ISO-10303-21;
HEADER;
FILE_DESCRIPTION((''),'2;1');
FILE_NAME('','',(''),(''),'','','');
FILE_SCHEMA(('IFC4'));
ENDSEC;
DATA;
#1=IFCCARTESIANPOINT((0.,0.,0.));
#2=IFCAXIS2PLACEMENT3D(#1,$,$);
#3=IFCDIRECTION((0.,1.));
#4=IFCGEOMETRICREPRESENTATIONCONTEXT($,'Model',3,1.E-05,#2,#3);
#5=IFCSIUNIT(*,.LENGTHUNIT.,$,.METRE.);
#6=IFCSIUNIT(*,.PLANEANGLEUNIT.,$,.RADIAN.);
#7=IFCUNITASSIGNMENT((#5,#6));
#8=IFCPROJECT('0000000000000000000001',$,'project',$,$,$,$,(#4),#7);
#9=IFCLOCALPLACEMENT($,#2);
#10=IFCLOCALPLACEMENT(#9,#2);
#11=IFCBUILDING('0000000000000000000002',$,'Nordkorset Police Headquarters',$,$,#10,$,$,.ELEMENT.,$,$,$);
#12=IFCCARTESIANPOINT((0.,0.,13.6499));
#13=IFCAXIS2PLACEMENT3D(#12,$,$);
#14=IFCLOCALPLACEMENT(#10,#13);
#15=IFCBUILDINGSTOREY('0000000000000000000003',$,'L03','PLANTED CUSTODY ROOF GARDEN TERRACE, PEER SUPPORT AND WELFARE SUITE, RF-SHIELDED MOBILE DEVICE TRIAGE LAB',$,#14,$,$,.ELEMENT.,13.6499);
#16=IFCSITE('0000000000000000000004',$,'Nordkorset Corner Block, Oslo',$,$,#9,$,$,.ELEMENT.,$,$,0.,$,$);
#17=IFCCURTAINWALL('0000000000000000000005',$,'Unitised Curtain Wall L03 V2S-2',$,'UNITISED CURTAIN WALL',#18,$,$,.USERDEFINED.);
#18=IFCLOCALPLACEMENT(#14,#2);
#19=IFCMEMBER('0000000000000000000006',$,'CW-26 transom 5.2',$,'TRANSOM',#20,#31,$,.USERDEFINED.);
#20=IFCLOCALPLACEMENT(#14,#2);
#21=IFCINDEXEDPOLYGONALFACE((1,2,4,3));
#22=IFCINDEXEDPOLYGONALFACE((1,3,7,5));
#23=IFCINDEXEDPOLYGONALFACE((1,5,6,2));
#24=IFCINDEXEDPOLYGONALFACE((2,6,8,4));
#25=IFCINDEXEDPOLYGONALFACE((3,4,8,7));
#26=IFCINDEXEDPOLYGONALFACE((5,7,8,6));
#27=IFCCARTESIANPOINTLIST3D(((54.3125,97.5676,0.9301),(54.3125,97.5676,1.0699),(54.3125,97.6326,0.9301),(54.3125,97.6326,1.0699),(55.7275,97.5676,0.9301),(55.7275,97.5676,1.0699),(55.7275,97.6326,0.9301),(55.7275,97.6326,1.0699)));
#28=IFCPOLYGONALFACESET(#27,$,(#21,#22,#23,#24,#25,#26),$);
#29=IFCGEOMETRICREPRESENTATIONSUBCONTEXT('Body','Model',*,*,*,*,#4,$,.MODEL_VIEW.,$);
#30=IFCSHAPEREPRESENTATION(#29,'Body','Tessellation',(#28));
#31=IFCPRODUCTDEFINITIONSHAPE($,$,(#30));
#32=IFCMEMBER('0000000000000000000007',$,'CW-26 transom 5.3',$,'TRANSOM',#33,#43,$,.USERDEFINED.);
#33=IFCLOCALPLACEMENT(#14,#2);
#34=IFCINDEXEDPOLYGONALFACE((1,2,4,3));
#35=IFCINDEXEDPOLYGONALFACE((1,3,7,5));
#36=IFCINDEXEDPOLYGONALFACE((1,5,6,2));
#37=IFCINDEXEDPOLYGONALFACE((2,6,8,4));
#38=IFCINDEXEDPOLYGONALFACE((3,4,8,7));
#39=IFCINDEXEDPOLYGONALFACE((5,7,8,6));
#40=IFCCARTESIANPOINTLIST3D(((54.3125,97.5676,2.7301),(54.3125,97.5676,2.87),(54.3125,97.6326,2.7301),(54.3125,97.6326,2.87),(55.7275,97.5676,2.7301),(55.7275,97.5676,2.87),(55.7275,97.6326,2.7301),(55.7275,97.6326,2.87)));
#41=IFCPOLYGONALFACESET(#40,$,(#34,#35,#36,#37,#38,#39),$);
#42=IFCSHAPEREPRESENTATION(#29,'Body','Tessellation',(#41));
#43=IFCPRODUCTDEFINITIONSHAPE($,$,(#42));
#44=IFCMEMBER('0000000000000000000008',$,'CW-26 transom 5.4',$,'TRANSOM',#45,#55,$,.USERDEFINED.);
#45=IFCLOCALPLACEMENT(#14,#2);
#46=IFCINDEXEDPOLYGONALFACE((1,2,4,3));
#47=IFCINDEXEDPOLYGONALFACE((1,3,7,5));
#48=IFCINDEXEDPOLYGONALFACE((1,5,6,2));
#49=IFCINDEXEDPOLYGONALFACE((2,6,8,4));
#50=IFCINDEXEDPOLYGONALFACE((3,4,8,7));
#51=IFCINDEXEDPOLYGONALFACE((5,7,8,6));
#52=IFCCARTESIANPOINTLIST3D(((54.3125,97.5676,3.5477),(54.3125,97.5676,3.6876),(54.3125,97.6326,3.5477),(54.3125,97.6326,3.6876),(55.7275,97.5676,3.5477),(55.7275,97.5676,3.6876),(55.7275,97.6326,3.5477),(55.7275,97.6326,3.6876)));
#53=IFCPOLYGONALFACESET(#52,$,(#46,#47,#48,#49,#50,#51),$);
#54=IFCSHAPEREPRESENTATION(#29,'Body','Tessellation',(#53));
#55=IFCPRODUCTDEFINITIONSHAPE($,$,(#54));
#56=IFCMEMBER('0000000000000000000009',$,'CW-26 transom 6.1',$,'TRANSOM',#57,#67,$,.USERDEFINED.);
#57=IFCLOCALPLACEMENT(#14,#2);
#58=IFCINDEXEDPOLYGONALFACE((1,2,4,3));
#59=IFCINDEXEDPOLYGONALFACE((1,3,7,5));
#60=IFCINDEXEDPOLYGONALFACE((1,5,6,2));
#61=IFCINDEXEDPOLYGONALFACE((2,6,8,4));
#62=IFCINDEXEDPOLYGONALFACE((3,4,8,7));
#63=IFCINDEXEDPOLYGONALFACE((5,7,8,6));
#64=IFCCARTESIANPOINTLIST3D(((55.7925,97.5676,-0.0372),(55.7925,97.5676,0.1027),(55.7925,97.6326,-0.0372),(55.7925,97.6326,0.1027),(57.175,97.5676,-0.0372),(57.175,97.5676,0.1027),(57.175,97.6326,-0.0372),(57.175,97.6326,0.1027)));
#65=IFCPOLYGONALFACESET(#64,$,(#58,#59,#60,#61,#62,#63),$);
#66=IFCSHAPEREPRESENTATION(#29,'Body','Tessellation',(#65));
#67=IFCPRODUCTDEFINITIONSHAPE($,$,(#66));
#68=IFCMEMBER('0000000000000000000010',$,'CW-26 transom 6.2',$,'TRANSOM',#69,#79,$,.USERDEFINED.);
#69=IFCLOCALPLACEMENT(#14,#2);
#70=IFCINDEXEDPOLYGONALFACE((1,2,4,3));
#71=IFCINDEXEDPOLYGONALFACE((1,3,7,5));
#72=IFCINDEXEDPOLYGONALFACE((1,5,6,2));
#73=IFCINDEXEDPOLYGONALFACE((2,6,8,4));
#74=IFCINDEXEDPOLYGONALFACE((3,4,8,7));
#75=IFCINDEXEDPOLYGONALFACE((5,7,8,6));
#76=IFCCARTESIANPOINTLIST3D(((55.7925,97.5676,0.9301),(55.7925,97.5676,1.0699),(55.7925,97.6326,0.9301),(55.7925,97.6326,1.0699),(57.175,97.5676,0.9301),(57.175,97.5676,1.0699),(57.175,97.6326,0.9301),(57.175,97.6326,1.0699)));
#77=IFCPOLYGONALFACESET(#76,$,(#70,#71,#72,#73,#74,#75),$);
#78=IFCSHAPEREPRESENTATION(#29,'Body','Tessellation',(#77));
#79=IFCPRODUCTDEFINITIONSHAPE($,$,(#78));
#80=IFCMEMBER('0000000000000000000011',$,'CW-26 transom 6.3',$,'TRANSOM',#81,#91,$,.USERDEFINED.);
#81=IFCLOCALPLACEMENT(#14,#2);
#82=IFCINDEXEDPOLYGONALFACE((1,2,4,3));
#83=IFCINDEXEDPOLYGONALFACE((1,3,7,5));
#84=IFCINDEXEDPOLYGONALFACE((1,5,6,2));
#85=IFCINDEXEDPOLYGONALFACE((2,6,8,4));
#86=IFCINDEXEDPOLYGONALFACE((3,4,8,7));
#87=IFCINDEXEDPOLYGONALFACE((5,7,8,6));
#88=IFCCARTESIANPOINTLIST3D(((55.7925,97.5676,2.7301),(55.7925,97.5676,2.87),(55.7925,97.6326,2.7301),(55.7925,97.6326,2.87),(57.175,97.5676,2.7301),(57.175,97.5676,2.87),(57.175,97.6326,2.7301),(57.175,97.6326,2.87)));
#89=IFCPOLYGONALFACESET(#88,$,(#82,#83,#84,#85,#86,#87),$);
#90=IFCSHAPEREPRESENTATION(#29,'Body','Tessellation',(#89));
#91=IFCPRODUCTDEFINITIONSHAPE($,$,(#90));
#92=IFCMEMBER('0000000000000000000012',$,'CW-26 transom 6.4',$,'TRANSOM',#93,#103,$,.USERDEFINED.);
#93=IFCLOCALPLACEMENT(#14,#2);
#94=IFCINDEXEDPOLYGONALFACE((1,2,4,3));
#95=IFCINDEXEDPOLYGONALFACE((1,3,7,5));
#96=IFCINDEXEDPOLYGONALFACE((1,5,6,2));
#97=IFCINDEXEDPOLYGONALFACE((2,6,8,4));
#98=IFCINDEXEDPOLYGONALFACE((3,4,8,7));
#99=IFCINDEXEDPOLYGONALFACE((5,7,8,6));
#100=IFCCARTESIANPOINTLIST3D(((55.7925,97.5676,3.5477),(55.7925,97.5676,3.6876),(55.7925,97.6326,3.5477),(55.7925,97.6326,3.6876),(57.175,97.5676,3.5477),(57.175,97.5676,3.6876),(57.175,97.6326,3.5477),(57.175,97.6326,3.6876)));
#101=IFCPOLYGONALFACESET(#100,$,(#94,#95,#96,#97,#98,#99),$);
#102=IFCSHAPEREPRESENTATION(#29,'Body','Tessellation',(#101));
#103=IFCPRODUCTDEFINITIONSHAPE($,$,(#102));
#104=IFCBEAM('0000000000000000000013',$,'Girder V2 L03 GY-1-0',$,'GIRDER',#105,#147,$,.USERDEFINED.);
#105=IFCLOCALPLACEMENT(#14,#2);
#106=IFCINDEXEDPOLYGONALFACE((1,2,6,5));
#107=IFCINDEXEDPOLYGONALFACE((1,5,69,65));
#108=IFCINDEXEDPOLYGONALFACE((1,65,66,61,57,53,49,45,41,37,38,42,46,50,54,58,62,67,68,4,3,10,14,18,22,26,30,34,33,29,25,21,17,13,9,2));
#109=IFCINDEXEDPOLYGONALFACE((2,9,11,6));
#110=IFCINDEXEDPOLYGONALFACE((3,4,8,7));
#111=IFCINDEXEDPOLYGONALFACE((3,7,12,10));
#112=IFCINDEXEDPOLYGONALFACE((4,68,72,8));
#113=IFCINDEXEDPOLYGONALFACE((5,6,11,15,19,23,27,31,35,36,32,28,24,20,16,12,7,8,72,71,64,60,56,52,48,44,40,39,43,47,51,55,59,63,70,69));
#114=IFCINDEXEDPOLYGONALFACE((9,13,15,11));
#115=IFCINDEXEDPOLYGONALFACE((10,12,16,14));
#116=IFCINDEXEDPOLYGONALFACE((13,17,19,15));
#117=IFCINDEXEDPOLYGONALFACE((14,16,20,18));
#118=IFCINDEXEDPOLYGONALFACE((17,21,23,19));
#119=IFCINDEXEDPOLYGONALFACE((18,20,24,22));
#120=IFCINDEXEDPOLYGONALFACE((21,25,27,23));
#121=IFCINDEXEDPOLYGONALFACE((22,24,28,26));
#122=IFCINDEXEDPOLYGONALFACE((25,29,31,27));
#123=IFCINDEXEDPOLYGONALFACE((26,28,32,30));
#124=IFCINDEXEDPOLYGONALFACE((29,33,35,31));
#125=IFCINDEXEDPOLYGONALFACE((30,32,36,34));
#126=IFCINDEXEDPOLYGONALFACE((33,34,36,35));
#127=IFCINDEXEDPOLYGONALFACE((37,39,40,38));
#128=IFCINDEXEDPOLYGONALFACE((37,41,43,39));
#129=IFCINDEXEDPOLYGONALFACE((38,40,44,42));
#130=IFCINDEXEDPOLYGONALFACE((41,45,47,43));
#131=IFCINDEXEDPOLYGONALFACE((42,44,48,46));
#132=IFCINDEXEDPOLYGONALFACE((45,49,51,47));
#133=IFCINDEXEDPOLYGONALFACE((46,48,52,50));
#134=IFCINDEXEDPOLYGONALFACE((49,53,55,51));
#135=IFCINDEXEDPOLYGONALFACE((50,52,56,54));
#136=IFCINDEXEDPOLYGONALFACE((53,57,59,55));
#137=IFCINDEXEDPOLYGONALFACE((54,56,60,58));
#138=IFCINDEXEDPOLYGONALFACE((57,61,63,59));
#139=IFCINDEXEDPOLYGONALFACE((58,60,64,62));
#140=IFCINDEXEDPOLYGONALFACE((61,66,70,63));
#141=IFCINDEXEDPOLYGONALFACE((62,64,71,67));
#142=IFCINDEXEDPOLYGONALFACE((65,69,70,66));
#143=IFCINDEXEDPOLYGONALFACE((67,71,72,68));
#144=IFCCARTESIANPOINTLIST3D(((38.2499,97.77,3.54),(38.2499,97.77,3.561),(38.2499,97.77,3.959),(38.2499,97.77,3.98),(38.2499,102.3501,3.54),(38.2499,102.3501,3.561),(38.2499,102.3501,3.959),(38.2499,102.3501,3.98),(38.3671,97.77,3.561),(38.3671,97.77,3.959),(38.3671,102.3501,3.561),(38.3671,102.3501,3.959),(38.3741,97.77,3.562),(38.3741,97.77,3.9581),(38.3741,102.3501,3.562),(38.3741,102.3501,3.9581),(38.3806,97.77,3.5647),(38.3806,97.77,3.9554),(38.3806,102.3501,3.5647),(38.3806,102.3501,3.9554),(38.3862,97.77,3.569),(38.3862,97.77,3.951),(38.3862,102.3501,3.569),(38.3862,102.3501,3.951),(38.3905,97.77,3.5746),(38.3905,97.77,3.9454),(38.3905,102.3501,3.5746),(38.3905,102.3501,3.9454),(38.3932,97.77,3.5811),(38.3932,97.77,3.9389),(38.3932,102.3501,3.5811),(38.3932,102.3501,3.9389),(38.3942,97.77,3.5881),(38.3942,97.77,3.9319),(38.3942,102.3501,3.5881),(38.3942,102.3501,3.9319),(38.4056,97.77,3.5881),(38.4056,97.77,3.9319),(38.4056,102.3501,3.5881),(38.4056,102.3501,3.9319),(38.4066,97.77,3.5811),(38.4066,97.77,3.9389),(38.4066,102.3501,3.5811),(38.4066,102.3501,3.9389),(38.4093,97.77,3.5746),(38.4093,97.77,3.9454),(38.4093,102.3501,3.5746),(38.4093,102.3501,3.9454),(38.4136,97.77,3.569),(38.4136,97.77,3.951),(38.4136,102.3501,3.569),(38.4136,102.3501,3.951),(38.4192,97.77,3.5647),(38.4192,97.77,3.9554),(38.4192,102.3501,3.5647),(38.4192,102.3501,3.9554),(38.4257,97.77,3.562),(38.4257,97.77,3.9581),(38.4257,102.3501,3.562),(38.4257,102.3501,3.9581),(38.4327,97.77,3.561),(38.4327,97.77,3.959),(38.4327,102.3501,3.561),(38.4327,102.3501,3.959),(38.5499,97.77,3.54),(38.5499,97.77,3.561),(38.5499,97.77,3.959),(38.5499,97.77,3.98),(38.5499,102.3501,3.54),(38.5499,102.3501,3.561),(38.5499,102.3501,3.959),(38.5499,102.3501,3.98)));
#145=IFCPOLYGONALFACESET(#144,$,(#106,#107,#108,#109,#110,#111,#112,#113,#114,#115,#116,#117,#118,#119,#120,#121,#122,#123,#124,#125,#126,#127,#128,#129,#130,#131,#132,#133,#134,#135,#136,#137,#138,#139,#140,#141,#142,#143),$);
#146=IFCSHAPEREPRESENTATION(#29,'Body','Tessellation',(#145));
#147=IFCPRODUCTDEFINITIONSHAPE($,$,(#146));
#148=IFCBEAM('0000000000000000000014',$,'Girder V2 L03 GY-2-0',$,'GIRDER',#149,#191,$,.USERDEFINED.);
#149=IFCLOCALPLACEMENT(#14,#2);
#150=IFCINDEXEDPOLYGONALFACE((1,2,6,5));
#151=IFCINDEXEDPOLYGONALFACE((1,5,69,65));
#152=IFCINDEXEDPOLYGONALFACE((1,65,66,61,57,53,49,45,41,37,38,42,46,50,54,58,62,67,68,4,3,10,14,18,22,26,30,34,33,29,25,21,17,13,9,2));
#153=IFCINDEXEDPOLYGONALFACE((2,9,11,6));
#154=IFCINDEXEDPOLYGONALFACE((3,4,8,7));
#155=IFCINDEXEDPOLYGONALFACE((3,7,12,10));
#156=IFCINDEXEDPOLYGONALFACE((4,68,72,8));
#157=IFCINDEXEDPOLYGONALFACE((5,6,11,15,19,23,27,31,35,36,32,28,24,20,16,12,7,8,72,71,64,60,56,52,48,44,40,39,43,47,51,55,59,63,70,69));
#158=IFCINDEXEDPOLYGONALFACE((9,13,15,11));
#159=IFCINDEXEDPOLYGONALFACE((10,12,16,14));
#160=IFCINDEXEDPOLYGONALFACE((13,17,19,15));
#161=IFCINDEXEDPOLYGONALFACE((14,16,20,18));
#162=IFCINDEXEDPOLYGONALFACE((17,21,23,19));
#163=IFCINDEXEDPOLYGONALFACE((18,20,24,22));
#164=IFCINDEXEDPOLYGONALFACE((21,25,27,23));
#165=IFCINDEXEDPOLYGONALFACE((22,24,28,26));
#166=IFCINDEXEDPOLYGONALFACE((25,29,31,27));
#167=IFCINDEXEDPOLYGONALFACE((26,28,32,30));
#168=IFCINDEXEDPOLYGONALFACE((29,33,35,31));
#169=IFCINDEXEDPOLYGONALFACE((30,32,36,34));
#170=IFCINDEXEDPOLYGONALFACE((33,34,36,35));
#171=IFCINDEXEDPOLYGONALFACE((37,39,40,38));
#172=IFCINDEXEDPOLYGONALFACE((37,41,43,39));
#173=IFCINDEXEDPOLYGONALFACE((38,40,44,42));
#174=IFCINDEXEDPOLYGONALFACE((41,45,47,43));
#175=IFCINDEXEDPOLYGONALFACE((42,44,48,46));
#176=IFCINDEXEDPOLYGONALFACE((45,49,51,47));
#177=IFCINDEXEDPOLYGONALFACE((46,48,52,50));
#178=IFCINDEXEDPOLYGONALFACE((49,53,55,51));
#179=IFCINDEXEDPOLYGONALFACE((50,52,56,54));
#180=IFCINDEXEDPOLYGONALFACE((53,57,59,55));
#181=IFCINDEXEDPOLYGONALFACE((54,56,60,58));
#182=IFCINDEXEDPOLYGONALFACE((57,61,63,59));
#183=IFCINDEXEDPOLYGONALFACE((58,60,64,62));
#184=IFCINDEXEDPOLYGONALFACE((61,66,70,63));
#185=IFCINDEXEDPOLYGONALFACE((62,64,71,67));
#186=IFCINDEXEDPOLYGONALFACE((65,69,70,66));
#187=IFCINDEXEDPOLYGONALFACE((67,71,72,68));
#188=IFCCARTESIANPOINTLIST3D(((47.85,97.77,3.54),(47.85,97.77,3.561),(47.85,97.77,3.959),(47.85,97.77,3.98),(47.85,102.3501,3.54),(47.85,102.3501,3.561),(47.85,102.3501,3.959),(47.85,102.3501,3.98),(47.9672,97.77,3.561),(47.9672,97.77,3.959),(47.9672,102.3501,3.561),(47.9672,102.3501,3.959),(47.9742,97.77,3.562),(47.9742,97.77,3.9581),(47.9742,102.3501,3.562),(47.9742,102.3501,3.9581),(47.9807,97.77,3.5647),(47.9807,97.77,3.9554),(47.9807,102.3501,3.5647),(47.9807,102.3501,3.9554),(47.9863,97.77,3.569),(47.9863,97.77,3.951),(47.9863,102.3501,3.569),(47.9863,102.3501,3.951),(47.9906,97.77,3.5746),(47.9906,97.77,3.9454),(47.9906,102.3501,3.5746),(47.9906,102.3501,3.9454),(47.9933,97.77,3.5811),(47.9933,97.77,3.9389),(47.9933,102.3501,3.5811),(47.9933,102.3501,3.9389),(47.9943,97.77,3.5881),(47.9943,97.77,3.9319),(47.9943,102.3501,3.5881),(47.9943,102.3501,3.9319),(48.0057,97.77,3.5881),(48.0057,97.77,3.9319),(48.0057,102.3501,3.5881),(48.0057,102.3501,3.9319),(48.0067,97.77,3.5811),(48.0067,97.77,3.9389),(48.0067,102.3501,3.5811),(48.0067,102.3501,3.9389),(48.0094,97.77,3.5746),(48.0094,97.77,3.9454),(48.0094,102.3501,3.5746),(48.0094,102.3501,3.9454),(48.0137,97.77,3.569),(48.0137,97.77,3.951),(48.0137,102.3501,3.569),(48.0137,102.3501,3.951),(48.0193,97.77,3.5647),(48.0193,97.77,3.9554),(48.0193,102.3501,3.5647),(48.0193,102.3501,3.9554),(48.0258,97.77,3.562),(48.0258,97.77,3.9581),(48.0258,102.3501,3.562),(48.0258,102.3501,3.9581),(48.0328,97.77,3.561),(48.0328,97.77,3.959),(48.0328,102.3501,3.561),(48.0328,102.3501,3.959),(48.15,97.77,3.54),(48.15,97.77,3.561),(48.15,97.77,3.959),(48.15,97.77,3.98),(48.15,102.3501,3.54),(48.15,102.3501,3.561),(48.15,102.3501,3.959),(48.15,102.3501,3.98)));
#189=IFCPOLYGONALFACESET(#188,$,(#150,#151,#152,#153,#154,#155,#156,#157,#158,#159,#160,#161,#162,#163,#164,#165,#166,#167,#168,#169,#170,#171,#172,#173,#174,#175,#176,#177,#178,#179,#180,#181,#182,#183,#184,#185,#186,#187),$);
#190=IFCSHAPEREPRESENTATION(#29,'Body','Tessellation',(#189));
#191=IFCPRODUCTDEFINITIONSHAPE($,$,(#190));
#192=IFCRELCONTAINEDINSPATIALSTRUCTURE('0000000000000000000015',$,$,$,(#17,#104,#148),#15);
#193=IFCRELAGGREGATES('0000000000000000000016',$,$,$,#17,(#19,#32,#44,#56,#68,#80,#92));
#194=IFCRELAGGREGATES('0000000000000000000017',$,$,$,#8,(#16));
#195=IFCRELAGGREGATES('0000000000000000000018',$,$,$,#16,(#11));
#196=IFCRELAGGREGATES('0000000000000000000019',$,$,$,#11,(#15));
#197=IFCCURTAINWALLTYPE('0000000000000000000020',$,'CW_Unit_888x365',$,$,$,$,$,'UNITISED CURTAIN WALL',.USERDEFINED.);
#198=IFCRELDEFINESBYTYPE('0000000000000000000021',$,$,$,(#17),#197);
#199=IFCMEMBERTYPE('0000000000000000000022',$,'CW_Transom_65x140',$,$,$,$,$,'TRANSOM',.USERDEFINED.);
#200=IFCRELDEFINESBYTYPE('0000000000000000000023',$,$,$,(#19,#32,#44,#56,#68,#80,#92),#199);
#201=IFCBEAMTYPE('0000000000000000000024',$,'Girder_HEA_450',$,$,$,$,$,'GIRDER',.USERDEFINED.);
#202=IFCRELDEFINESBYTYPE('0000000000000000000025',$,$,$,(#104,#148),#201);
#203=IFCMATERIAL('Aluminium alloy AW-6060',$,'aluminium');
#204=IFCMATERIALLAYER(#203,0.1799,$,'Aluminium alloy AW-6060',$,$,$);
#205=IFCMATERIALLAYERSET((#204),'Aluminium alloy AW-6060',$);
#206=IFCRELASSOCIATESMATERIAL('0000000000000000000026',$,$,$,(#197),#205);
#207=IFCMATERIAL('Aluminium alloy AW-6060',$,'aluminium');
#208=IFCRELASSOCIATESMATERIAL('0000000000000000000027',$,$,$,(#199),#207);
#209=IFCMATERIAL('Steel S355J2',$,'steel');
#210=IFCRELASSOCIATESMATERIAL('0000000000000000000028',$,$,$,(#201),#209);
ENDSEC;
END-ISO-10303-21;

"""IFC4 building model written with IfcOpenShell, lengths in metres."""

from ifc_helpers import new_model, si_unit, direction, frame, origin, origin_2d, place, context, subcontext, project, spatial, rectangle, i_section, extrude, material, layer, layer_set, material_profile, profile_set, type_object, element, aggregate, save


model = new_model("IFC4")

# Units and contexts
model_context = context("Model", 3, precision=1e-05, world=origin(), true_north=direction((0.0, 1.0)))
body_context = subcontext(model_context, "Body", "Model", "MODEL_VIEW")
ifc_project = project(units=[si_unit("LENGTHUNIT", "METRE"), si_unit("PLANEANGLEUNIT", "RADIAN")], contexts=[model_context])

# Site, building, storey
site_placement = place(None, origin())
site = spatial("IfcSite", under=ifc_project, at=site_placement, Name="Nordkorset Corner Block, Oslo", CompositionType="ELEMENT", RefElevation=0.0)
building_placement = place(site_placement, origin())
building = spatial("IfcBuilding", under=site, at=building_placement, Name="Nordkorset Police Headquarters", CompositionType="ELEMENT")
storey_placement = place(building_placement, frame((0.0, 0.0, 13.6499)))
storey = spatial("IfcBuildingStorey", under=building, at=storey_placement, Name="L03", Description="PLANTED CUSTODY ROOF GARDEN TERRACE, PEER SUPPORT AND WELFARE SUITE, RF-SHIELDED MOBILE DEVICE TRIAGE LAB", CompositionType="ELEMENT", Elevation=13.6499)

# Curtain wall, members
ifc_material_1 = material(Name="Aluminium alloy AW-6060", Category="aluminium")
ifc_layer_1 = layer(ifc_material_1, 0.1799, Name="Aluminium alloy AW-6060")
ifc_layer_set_1 = layer_set([ifc_layer_1], Name="Aluminium alloy AW-6060")
curtain_wall_type = type_object("IfcCurtainWallType", Name="CW_Unit_888x365", ElementType="UNITISED CURTAIN WALL", PredefinedType="USERDEFINED", material=ifc_layer_set_1)
curtain_wall_placement = place(storey_placement, origin())
curtain_wall = element("IfcCurtainWall", 1, at=curtain_wall_placement, inside=storey, type_object=curtain_wall_type, Name="Unitised Curtain Wall L03 V2S-2", ObjectType="UNITISED CURTAIN WALL", PredefinedType="USERDEFINED")
ifc_material_2 = material(Name="Aluminium alloy AW-6060", Category="aluminium")
ifc_material_profile_1 = material_profile(ifc_material_2, rectangle(XDim=0.0649, YDim=0.1399, at=origin_2d()), Name="ALU TRAN 65x140")
ifc_profile_set_1 = profile_set([ifc_material_profile_1], Name="Aluminium alloy AW-6060")
member_type_1 = type_object("IfcMemberType", Name="CW_Transom_65x140", ElementType="TRANSOM", PredefinedType="USERDEFINED", material=ifc_profile_set_1)
member_1_placement = place(storey_placement, frame((54.3125, 97.6001, 1.0), z_axis=(1.0, 0.0, 0.0), x_axis=(0.0, 1.0, 0.0)))
member_1 = element("IfcMember", 2, at=member_1_placement, type_object=member_type_1, Name="CW-26 transom 5.2", ObjectType="TRANSOM", PredefinedType="USERDEFINED", context=body_context, shape_type="SweptSolid", body=[
    extrude(rectangle(XDim=0.0649, YDim=0.1399, at=origin_2d()), origin(), (0.0, 0.0, 1.0), 1.415),
])
member_2_placement = place(storey_placement, frame((54.3125, 97.6001, 2.8), z_axis=(1.0, 0.0, 0.0), x_axis=(0.0, 1.0, 0.0)))
member_2 = element("IfcMember", 3, at=member_2_placement, type_object=member_type_1, Name="CW-26 transom 5.3", ObjectType="TRANSOM", PredefinedType="USERDEFINED", context=body_context, shape_type="SweptSolid", body=[
    extrude(rectangle(XDim=0.0649, YDim=0.1399, at=origin_2d()), origin(), (0.0, 0.0, 1.0), 1.415),
])
member_3_placement = place(storey_placement, frame((54.3125, 97.6001, 3.6177), z_axis=(1.0, 0.0, 0.0), x_axis=(0.0, 1.0, 0.0)))
member_3 = element("IfcMember", 4, at=member_3_placement, type_object=member_type_1, Name="CW-26 transom 5.4", ObjectType="TRANSOM", PredefinedType="USERDEFINED", context=body_context, shape_type="SweptSolid", body=[
    extrude(rectangle(XDim=0.0649, YDim=0.1399, at=origin_2d()), origin(), (0.0, 0.0, 1.0), 1.415),
])
member_4_placement = place(storey_placement, frame((55.7925, 97.6001, 0.0327), z_axis=(1.0, 0.0, 0.0), x_axis=(0.0, 1.0, 0.0)))
member_4 = element("IfcMember", 5, at=member_4_placement, type_object=member_type_1, Name="CW-26 transom 6.1", ObjectType="TRANSOM", PredefinedType="USERDEFINED", context=body_context, shape_type="SweptSolid", body=[
    extrude(rectangle(XDim=0.0649, YDim=0.1399, at=origin_2d()), origin(), (0.0, 0.0, 1.0), 1.3826),
])
member_5_placement = place(storey_placement, frame((55.7925, 97.6001, 1.0), z_axis=(1.0, 0.0, 0.0), x_axis=(0.0, 1.0, 0.0)))
member_5 = element("IfcMember", 6, at=member_5_placement, type_object=member_type_1, Name="CW-26 transom 6.2", ObjectType="TRANSOM", PredefinedType="USERDEFINED", context=body_context, shape_type="SweptSolid", body=[
    extrude(rectangle(XDim=0.0649, YDim=0.1399, at=origin_2d()), origin(), (0.0, 0.0, 1.0), 1.3826),
])
member_6_placement = place(storey_placement, frame((55.7925, 97.6001, 2.8), z_axis=(1.0, 0.0, 0.0), x_axis=(0.0, 1.0, 0.0)))
member_6 = element("IfcMember", 7, at=member_6_placement, type_object=member_type_1, Name="CW-26 transom 6.3", ObjectType="TRANSOM", PredefinedType="USERDEFINED", context=body_context, shape_type="SweptSolid", body=[
    extrude(rectangle(XDim=0.0649, YDim=0.1399, at=origin_2d()), origin(), (0.0, 0.0, 1.0), 1.3826),
])
member_7_placement = place(storey_placement, frame((55.7925, 97.6001, 3.6177), z_axis=(1.0, 0.0, 0.0), x_axis=(0.0, 1.0, 0.0)))
member_7 = element("IfcMember", 8, at=member_7_placement, type_object=member_type_1, Name="CW-26 transom 6.4", ObjectType="TRANSOM", PredefinedType="USERDEFINED", context=body_context, shape_type="SweptSolid", body=[
    extrude(rectangle(XDim=0.0649, YDim=0.1399, at=origin_2d()), origin(), (0.0, 0.0, 1.0), 1.3826),
])

# Beams
ifc_material_3 = material(Name="Steel S355J2", Category="steel")
ifc_material_profile_2 = material_profile(ifc_material_3, i_section(OverallWidth=0.3, OverallDepth=0.4399, WebThickness=0.0115, FlangeThickness=0.021, FilletRadius=0.0271, at=origin_2d()), Name="HEA 450")
ifc_profile_set_2 = profile_set([ifc_material_profile_2], Name="Steel S355J2")
beam_type_1 = type_object("IfcBeamType", Name="Girder_HEA_450", ElementType="GIRDER", PredefinedType="USERDEFINED", material=ifc_profile_set_2)
for number, where, z_axis, x_axis, name in (
    (9, (38.3999, 97.77, 3.76), (0.0, 1.0, 0.0), (-1.0, 0.0, 0.0), "Girder V2 L03 GY-1-0"),
    (10, (48.0, 97.77, 3.76), (0.0, 1.0, 0.0), (-1.0, 0.0, 0.0), "Girder V2 L03 GY-2-0"),
):
    element("IfcBeam", number, at=place(storey_placement, frame(where, z_axis=z_axis, x_axis=x_axis)), inside=storey, type_object=beam_type_1, Name=name, ObjectType="GIRDER", PredefinedType="USERDEFINED", context=body_context, shape_type="SweptSolid", body=[
        extrude(i_section(OverallWidth=0.3, OverallDepth=0.4399, WebThickness=0.0115, FlangeThickness=0.021, FilletRadius=0.0271, at=origin_2d()), origin(), (0.0, 0.0, 1.0), 4.5801),
    ])

aggregate(curtain_wall, [member_1, member_2, member_3, member_4, member_5, member_6, member_7])

save(model, "model.ifc")
